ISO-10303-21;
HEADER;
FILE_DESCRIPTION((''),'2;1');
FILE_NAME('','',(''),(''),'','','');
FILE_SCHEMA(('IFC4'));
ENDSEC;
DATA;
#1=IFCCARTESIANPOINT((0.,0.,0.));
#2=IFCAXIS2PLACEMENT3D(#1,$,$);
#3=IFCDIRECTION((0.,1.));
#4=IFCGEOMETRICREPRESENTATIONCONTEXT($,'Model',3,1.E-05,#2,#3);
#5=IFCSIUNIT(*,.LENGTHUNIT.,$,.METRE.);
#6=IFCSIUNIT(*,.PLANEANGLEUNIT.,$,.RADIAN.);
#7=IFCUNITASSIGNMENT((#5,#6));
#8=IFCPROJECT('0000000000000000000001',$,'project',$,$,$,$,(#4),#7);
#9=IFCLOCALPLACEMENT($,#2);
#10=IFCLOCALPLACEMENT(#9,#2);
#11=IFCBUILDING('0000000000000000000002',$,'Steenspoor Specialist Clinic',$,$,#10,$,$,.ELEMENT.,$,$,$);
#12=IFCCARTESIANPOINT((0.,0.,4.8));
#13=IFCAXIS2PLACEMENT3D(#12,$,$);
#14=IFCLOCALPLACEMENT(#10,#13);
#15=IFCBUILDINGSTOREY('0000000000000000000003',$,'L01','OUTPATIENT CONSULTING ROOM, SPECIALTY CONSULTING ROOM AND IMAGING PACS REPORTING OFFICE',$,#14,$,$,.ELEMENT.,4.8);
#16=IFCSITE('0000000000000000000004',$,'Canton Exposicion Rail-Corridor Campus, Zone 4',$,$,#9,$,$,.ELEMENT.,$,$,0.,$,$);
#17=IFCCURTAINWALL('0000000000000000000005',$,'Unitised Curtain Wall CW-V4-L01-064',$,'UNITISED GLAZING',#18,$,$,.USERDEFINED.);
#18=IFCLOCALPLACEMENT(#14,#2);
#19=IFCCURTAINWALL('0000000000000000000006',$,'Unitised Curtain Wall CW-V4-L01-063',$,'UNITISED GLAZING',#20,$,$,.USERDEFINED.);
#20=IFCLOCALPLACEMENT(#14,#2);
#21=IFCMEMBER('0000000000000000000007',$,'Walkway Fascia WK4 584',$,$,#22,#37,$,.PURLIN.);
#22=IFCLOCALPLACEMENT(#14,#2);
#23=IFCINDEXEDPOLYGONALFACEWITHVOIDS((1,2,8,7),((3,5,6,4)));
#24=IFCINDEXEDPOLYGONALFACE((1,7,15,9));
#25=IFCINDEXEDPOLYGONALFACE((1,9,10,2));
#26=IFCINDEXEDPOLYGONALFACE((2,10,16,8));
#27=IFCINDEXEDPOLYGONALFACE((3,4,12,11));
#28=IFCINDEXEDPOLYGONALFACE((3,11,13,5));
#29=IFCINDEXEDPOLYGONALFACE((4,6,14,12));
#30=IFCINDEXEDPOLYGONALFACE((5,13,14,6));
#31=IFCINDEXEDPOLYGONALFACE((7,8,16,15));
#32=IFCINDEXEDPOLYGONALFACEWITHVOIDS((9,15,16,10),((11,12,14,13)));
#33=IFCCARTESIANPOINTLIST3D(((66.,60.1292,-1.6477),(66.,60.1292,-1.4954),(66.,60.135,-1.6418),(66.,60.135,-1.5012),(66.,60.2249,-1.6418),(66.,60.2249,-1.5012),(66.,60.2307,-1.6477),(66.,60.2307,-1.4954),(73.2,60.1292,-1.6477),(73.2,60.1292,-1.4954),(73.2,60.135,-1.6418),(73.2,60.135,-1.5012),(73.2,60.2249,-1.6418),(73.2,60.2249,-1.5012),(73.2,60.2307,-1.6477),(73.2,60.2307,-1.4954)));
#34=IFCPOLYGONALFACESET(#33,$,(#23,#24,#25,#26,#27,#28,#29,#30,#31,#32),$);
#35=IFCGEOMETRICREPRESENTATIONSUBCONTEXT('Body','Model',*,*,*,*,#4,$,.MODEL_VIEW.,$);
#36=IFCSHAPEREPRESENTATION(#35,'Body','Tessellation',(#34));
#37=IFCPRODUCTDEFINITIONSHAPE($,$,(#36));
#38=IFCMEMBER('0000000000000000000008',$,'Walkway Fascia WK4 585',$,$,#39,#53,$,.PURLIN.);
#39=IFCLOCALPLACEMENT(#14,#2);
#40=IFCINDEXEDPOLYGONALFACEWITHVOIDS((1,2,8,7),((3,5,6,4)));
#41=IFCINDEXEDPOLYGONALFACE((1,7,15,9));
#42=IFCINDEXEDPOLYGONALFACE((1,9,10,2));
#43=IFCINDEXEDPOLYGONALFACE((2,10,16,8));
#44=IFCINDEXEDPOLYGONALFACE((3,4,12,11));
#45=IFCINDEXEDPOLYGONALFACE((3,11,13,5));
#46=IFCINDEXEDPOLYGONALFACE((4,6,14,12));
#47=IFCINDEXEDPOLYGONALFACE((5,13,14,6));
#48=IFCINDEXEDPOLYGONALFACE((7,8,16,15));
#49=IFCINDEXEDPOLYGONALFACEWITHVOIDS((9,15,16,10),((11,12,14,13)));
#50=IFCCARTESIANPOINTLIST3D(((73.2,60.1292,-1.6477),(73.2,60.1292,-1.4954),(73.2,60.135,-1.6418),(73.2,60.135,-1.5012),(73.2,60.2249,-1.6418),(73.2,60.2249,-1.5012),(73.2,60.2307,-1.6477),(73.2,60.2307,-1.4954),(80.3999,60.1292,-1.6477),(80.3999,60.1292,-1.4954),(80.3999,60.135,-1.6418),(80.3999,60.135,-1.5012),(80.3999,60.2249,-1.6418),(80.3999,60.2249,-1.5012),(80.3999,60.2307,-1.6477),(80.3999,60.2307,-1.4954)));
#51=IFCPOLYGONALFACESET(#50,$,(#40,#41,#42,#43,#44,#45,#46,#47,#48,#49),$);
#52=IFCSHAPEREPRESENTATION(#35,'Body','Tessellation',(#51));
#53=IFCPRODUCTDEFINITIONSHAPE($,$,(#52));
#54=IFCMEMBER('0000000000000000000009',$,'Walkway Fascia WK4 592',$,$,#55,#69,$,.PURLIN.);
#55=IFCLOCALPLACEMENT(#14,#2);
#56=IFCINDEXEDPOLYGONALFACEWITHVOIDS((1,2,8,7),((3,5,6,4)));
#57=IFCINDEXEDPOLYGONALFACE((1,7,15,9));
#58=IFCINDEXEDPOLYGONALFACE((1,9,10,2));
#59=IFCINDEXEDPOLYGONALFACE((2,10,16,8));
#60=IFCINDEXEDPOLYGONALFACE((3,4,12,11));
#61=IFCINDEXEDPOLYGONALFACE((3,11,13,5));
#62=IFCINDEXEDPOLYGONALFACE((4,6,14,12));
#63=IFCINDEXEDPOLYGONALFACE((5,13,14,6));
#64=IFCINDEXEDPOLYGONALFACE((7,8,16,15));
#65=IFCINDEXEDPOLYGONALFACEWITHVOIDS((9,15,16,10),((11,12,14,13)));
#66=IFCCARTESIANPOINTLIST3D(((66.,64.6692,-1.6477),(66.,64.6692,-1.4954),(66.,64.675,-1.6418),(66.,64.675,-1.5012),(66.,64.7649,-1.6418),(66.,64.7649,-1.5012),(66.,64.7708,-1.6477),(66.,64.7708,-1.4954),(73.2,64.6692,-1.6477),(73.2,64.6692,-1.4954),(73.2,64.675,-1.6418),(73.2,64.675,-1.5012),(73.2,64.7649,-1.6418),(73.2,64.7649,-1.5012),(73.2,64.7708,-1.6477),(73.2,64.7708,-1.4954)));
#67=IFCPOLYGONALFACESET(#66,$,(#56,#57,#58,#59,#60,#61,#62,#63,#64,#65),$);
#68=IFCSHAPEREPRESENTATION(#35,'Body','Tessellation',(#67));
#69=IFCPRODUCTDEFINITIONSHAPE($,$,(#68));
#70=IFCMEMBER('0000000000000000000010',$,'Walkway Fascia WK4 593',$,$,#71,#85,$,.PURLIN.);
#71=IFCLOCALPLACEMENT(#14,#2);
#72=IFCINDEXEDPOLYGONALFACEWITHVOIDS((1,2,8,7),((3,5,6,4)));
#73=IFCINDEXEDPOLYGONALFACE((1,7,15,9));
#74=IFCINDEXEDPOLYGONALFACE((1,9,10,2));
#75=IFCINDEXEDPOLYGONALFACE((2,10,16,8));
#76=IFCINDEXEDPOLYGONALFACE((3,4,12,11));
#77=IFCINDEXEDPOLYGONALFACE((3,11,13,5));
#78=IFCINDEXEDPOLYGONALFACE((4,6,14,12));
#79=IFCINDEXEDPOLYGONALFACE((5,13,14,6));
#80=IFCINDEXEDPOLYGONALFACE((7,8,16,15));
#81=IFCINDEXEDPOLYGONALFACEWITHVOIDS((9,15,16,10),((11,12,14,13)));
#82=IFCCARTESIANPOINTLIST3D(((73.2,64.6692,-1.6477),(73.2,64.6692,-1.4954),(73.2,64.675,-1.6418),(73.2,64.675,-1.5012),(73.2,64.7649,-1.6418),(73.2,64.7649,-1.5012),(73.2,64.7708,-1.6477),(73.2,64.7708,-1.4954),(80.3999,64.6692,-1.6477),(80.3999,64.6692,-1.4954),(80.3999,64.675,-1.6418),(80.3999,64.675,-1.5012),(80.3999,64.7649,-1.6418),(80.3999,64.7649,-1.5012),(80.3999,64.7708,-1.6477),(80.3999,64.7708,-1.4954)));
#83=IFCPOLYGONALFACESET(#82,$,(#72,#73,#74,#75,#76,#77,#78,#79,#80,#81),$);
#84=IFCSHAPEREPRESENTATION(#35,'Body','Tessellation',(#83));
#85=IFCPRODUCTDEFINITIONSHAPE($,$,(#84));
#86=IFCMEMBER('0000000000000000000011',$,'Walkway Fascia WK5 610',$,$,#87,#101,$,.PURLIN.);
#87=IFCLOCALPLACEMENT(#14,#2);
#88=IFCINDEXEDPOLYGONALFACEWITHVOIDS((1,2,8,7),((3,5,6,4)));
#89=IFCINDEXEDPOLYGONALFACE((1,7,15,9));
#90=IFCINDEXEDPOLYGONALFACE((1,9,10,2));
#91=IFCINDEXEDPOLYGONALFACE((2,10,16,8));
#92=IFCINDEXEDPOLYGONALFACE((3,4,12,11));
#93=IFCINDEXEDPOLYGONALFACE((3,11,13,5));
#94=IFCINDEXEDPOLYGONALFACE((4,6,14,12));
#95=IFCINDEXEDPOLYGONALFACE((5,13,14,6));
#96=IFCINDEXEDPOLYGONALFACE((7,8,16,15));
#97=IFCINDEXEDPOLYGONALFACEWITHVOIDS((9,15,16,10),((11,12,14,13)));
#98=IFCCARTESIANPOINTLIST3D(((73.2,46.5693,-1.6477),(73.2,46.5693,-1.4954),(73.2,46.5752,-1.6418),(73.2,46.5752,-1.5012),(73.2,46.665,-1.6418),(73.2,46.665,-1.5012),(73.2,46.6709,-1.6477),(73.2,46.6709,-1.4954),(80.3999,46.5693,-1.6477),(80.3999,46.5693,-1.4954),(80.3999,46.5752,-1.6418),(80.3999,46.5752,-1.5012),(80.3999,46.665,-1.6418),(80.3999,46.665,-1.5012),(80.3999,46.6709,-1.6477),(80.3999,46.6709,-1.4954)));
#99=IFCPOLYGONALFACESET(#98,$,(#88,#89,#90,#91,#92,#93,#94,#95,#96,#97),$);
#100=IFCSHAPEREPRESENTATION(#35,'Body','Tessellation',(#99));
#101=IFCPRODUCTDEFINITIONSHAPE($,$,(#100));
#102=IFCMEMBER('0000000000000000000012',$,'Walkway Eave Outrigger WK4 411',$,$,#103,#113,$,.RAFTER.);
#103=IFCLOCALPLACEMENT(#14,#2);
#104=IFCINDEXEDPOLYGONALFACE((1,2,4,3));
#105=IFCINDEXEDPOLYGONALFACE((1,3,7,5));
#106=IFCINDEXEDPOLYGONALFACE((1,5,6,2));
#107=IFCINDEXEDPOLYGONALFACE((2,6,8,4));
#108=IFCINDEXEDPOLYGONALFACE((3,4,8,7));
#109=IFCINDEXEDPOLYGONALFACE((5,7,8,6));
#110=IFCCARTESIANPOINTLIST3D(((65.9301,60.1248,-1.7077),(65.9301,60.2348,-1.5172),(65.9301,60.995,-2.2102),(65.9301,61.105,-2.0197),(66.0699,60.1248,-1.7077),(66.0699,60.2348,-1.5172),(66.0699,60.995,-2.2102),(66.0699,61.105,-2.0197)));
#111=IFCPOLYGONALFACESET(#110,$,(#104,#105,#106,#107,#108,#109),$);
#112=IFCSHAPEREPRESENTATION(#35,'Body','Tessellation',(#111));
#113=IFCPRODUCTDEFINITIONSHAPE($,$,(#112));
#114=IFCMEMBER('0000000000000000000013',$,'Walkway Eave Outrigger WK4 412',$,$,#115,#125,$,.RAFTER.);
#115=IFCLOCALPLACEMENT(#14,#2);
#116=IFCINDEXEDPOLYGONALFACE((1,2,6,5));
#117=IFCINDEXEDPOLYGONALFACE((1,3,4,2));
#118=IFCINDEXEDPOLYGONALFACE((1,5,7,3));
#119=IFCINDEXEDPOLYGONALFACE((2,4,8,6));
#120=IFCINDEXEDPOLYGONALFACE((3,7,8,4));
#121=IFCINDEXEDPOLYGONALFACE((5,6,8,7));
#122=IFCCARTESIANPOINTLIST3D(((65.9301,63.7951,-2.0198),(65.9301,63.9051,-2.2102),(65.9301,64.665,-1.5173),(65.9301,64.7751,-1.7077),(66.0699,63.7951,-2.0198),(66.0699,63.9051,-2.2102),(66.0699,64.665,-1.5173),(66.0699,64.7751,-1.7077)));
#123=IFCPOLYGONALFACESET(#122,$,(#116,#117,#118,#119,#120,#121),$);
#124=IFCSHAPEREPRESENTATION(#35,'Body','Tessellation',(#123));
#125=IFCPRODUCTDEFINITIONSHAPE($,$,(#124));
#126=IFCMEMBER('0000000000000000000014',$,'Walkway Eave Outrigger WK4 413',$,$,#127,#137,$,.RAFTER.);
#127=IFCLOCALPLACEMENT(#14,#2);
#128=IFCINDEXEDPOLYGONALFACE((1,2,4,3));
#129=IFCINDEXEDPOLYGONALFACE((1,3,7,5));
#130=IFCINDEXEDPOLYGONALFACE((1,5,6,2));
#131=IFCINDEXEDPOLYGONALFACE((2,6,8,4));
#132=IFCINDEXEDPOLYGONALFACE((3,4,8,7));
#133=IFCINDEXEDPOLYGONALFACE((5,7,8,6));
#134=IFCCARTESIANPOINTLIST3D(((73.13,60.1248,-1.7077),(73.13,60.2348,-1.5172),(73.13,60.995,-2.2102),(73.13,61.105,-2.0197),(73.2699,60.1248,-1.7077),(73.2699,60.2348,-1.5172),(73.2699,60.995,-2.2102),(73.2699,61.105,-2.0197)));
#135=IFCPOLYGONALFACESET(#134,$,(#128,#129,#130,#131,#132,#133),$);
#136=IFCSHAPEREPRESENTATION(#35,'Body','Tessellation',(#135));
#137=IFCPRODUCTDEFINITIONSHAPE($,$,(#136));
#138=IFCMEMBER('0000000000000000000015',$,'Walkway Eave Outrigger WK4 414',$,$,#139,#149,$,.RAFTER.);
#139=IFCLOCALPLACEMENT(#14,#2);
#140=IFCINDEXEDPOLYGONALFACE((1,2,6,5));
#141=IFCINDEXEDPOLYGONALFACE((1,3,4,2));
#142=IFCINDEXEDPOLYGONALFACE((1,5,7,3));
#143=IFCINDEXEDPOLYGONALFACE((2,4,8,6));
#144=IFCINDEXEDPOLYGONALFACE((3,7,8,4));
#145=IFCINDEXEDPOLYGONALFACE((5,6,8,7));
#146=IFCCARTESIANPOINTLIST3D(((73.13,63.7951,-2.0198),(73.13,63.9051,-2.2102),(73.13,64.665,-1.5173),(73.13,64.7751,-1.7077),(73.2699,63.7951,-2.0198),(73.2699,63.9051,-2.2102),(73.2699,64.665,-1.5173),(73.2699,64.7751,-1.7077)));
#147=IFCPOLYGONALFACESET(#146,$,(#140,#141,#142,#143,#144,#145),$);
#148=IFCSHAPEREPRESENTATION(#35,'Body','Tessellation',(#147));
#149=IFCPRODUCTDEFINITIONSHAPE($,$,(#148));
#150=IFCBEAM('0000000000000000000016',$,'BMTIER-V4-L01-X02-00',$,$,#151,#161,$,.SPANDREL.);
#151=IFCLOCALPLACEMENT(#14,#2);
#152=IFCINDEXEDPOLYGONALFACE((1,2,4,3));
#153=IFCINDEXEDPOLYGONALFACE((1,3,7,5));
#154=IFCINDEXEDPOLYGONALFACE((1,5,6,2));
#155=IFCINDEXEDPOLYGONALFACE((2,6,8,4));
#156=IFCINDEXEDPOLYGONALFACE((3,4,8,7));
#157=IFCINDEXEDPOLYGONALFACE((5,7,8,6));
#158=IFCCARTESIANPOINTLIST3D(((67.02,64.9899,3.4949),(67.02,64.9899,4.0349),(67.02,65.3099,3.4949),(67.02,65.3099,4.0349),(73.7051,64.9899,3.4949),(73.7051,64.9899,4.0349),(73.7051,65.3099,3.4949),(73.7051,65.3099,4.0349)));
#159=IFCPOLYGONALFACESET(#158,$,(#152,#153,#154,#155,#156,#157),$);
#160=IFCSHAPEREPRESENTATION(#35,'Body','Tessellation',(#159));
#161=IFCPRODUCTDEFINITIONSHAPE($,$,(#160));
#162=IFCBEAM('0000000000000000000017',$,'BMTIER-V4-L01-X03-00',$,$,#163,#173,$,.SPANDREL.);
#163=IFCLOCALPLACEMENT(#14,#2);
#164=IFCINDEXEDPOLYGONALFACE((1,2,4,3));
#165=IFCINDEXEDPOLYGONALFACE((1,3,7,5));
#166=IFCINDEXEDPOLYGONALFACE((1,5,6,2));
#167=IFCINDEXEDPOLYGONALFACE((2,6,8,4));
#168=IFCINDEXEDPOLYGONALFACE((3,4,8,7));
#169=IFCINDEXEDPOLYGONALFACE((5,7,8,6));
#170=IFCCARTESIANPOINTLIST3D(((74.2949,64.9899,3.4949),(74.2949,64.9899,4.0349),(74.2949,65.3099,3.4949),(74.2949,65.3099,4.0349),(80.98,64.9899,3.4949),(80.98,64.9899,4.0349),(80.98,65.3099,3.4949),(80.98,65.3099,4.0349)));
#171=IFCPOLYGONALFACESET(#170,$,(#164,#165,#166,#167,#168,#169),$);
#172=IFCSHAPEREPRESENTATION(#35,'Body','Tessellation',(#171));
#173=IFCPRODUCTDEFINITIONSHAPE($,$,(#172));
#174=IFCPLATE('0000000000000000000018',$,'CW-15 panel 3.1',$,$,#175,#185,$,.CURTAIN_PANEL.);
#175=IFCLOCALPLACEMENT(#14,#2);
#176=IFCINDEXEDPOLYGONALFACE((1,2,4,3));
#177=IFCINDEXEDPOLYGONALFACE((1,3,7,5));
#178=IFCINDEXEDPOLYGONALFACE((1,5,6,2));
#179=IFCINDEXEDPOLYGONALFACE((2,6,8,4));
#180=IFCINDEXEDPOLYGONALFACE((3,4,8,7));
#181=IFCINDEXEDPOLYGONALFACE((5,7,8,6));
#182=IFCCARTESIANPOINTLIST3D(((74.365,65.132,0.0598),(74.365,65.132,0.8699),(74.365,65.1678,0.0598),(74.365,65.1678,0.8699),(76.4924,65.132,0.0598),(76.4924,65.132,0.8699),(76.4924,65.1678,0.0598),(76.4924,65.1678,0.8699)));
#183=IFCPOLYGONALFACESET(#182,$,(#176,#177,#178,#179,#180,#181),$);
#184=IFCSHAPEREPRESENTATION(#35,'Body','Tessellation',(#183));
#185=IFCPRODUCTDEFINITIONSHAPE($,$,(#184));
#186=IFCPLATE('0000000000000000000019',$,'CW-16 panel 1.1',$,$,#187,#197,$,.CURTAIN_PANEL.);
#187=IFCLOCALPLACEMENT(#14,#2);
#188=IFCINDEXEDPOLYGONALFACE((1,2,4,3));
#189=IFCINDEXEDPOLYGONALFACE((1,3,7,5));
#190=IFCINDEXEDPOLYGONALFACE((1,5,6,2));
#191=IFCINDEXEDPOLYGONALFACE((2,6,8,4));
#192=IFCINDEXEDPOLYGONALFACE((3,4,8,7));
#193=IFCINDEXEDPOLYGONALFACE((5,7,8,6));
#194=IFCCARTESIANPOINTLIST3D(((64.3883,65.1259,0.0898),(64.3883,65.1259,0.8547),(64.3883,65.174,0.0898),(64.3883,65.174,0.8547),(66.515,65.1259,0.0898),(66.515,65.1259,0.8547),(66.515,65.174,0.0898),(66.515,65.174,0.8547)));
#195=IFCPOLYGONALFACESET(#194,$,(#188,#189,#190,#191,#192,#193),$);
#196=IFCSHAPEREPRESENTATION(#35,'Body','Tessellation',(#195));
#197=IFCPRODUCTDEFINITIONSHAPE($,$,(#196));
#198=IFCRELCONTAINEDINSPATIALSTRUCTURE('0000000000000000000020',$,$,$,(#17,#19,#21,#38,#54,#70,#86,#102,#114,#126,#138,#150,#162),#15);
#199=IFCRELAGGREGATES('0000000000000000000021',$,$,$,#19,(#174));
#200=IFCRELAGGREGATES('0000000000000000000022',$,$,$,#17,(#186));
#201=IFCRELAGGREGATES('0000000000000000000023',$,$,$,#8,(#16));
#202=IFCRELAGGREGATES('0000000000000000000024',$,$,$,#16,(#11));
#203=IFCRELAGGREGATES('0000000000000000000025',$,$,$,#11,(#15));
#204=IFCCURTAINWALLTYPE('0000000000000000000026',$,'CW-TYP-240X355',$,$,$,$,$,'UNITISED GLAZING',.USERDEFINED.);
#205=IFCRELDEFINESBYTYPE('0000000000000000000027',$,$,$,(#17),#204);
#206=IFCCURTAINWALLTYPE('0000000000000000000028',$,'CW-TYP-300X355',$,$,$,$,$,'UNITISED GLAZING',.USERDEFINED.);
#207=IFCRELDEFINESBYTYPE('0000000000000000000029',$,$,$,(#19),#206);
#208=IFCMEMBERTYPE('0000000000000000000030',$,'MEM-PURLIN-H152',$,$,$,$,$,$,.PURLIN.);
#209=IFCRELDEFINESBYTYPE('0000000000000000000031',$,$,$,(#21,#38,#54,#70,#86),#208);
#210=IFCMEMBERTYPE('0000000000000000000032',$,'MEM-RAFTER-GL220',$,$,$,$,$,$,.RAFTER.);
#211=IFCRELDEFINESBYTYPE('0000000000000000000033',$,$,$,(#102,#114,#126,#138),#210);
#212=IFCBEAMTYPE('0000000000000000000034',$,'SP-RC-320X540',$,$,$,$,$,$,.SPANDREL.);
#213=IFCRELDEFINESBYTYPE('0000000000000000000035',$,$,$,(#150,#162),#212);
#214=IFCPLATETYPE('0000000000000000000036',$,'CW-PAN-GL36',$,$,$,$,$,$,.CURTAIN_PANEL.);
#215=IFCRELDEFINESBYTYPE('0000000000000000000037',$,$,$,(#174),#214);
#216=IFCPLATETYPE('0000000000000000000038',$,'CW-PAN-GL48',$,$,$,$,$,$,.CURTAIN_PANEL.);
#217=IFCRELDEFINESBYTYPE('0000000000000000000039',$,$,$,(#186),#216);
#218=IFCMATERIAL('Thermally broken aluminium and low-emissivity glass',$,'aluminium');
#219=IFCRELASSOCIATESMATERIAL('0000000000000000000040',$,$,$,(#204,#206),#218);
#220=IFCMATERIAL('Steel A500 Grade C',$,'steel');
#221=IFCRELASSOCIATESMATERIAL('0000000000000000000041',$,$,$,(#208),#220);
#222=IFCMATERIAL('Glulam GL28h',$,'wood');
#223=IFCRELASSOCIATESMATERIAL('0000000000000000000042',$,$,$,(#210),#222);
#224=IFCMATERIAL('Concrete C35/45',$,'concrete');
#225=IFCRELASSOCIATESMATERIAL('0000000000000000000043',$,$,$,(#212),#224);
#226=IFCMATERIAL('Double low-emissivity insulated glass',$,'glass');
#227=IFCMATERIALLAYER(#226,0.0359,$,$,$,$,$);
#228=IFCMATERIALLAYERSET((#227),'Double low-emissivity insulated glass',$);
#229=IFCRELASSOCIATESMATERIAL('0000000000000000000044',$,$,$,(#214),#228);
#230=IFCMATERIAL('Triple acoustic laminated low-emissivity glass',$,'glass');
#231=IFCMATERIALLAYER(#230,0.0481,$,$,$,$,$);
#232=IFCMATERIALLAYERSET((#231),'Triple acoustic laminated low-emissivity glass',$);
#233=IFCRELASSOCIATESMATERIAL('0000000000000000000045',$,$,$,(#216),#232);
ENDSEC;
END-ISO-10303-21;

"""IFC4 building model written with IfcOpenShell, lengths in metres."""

from ifc_helpers import new_model, si_unit, direction, frame, origin, origin_2d, place, context, subcontext, project, spatial, rectangle, hollow_rectangle, extrude, material, layer, layer_set, material_profile, profile_set, type_object, element, aggregate, save


model = new_model("IFC4")

# Units and contexts
model_context = context("Model", 3, precision=1e-05, world=origin(), true_north=direction((0.0, 1.0)))
body_context = subcontext(model_context, "Body", "Model", "MODEL_VIEW")
ifc_project = project(units=[si_unit("LENGTHUNIT", "METRE"), si_unit("PLANEANGLEUNIT", "RADIAN")], contexts=[model_context])

# Site, building, storey
site_placement = place(None, origin())
site = spatial("IfcSite", under=ifc_project, at=site_placement, Name="Canton Exposicion Rail-Corridor Campus, Zone 4", CompositionType="ELEMENT", RefElevation=0.0)
building_placement = place(site_placement, origin())
building = spatial("IfcBuilding", under=site, at=building_placement, Name="Steenspoor Specialist Clinic", CompositionType="ELEMENT")
storey_placement = place(building_placement, frame((0.0, 0.0, 4.8)))
storey = spatial("IfcBuildingStorey", under=building, at=storey_placement, Name="L01", Description="OUTPATIENT CONSULTING ROOM, SPECIALTY CONSULTING ROOM AND IMAGING PACS REPORTING OFFICE", CompositionType="ELEMENT", Elevation=4.8)

# Curtain wall
ifc_material_1 = material(Name="Thermally broken aluminium and low-emissivity glass", Category="aluminium")
curtain_wall_type_1 = type_object("IfcCurtainWallType", Name="CW-TYP-240X355", ElementType="UNITISED GLAZING", PredefinedType="USERDEFINED", material=ifc_material_1)
curtain_wall_1_placement = place(storey_placement, origin())
curtain_wall_1 = element("IfcCurtainWall", 1, at=curtain_wall_1_placement, inside=storey, type_object=curtain_wall_type_1, Name="Unitised Curtain Wall CW-V4-L01-064", ObjectType="UNITISED GLAZING", PredefinedType="USERDEFINED")

# Curtain wall
curtain_wall_type_2 = type_object("IfcCurtainWallType", Name="CW-TYP-300X355", ElementType="UNITISED GLAZING", PredefinedType="USERDEFINED", material=ifc_material_1)
curtain_wall_2_placement = place(storey_placement, origin())
curtain_wall_2 = element("IfcCurtainWall", 2, at=curtain_wall_2_placement, inside=storey, type_object=curtain_wall_type_2, Name="Unitised Curtain Wall CW-V4-L01-063", ObjectType="UNITISED GLAZING", PredefinedType="USERDEFINED")

# Members
ifc_material_2 = material(Name="Steel A500 Grade C", Category="steel")
ifc_material_profile_1 = material_profile(ifc_material_2, hollow_rectangle(XDim=0.1016, YDim=0.1523, WallThickness=0.0059, at=origin_2d()), Name="HSS152X102X6.4")
ifc_profile_set_1 = profile_set([ifc_material_profile_1], Name="Steel A500 Grade C")
member_type_1 = type_object("IfcMemberType", Name="MEM-PURLIN-H152", PredefinedType="PURLIN", material=ifc_profile_set_1)
for number, where, z_axis, x_axis, name in (
    (3, (66.0, 60.1799, -1.5715), (1.0, 0.0, 0.0), (0.0, 1.0, 0.0), "Walkway Fascia WK4 584"),
    (4, (73.2, 60.1799, -1.5715), (1.0, 0.0, 0.0), (0.0, 1.0, 0.0), "Walkway Fascia WK4 585"),
    (5, (66.0, 64.72, -1.5715), (1.0, 0.0, 0.0), (0.0, 1.0, 0.0), "Walkway Fascia WK4 592"),
    (6, (73.2, 64.72, -1.5715), (1.0, 0.0, 0.0), (0.0, 1.0, 0.0), "Walkway Fascia WK4 593"),
    (7, (73.2, 46.6201, -1.5715), (1.0, 0.0, 0.0), (0.0, 1.0, 0.0), "Walkway Fascia WK5 610"),
):
    element("IfcMember", number, at=place(storey_placement, frame(where, z_axis=z_axis, x_axis=x_axis)), inside=storey, type_object=member_type_1, Name=name, PredefinedType="PURLIN", context=body_context, shape_type="SweptSolid", body=[
        extrude(hollow_rectangle(XDim=0.1016, YDim=0.1523, WallThickness=0.0059, at=origin_2d()), origin(), (0.0, 0.0, 1.0), 7.2),
    ])
ifc_material_3 = material(Name="Glulam GL28h", Category="wood")
ifc_material_profile_2 = material_profile(ifc_material_3, rectangle(XDim=0.1399, YDim=0.22, at=origin_2d()), Name="GL28H-140X220")
ifc_profile_set_2 = profile_set([ifc_material_profile_2], Name="Glulam GL28h")
member_type_2 = type_object("IfcMemberType", Name="MEM-RAFTER-GL220", PredefinedType="RAFTER", material=ifc_profile_set_2)
member_1_placement = place(storey_placement, frame((66.0, 61.05, -2.115), z_axis=(0.0, -0.865991, 0.500059), x_axis=(1.0, 0.0, 0.0)))
element("IfcMember", 8, at=member_1_placement, inside=storey, type_object=member_type_2, Name="Walkway Eave Outrigger WK4 411", PredefinedType="RAFTER", context=body_context, shape_type="SweptSolid", body=[
    extrude(rectangle(XDim=0.1399, YDim=0.22, at=origin_2d()), origin(), (0.0, 0.0, 1.0), 1.0049),
])
member_2_placement = place(storey_placement, frame((66.0, 63.8501, -2.115), z_axis=(0.0, 0.865931, 0.500164), x_axis=(-1.0, 0.0, 0.0)))
element("IfcMember", 9, at=member_2_placement, inside=storey, type_object=member_type_2, Name="Walkway Eave Outrigger WK4 412", PredefinedType="RAFTER", context=body_context, shape_type="SweptSolid", body=[
    extrude(rectangle(XDim=0.1399, YDim=0.22, at=origin_2d()), origin(), (0.0, 0.0, 1.0), 1.0046),
])
member_3_placement = place(storey_placement, frame((73.2, 61.05, -2.115), z_axis=(0.0, -0.865991, 0.500059), x_axis=(1.0, 0.0, 0.0)))
element("IfcMember", 10, at=member_3_placement, inside=storey, type_object=member_type_2, Name="Walkway Eave Outrigger WK4 413", PredefinedType="RAFTER", context=body_context, shape_type="SweptSolid", body=[
    extrude(rectangle(XDim=0.1399, YDim=0.22, at=origin_2d()), origin(), (0.0, 0.0, 1.0), 1.0049),
])
member_4_placement = place(storey_placement, frame((73.2, 63.8501, -2.115), z_axis=(0.0, 0.865931, 0.500164), x_axis=(-1.0, 0.0, 0.0)))
element("IfcMember", 11, at=member_4_placement, inside=storey, type_object=member_type_2, Name="Walkway Eave Outrigger WK4 414", PredefinedType="RAFTER", context=body_context, shape_type="SweptSolid", body=[
    extrude(rectangle(XDim=0.1399, YDim=0.22, at=origin_2d()), origin(), (0.0, 0.0, 1.0), 1.0046),
])

# Beams
ifc_material_4 = material(Name="Concrete C35/45", Category="concrete")
ifc_material_profile_3 = material_profile(ifc_material_4, rectangle(XDim=0.3201, YDim=0.54, at=origin_2d()), Name="RC-SP-320X540")
ifc_profile_set_3 = profile_set([ifc_material_profile_3], Name="Concrete C35/45")
beam_type = type_object("IfcBeamType", Name="SP-RC-320X540", PredefinedType="SPANDREL", material=ifc_profile_set_3)
for number, where, z_axis, x_axis, name in (
    (12, (67.02, 65.1499, 3.7649), (1.0, 0.0, 0.0), (0.0, 1.0, 0.0), "BMTIER-V4-L01-X02-00"),
    (13, (74.2949, 65.1499, 3.7649), (1.0, 0.0, 0.0), (0.0, 1.0, 0.0), "BMTIER-V4-L01-X03-00"),
):
    element("IfcBeam", number, at=place(storey_placement, frame(where, z_axis=z_axis, x_axis=x_axis)), inside=storey, type_object=beam_type, Name=name, PredefinedType="SPANDREL", context=body_context, shape_type="SweptSolid", body=[
        extrude(rectangle(XDim=0.3201, YDim=0.54, at=origin_2d()), origin(), (0.0, 0.0, 1.0), 6.6851),
    ])

# Plates
ifc_material_5 = material(Name="Double low-emissivity insulated glass", Category="glass")
ifc_layer_1 = layer(ifc_material_5, 0.0359)
ifc_layer_set_1 = layer_set([ifc_layer_1], Name="Double low-emissivity insulated glass")
plate_type_1 = type_object("IfcPlateType", Name="CW-PAN-GL36", PredefinedType="CURTAIN_PANEL", material=ifc_layer_set_1)
plate_1_placement = place(storey_placement, frame((75.4287, 65.1499, 0.0598), z_axis=(0.0, 0.0, 1.0), x_axis=(-1.0, 0.0, 0.0)))
plate_1 = element("IfcPlate", 14, at=plate_1_placement, type_object=plate_type_1, Name="CW-15 panel 3.1", PredefinedType="CURTAIN_PANEL", context=body_context, shape_type="SweptSolid", body=[
    extrude(rectangle(XDim=2.1274, YDim=0.0359, at=origin_2d()), origin(), (0.0, 0.0, 1.0), 0.8101),
])
aggregate(curtain_wall_2, [plate_1])
ifc_material_6 = material(Name="Triple acoustic laminated low-emissivity glass", Category="glass")
ifc_layer_2 = layer(ifc_material_6, 0.0481)
ifc_layer_set_2 = layer_set([ifc_layer_2], Name="Triple acoustic laminated low-emissivity glass")
plate_type_2 = type_object("IfcPlateType", Name="CW-PAN-GL48", PredefinedType="CURTAIN_PANEL", material=ifc_layer_set_2)
plate_2_placement = place(storey_placement, frame((65.4517, 65.1499, 0.0898), z_axis=(0.0, 0.0, 1.0), x_axis=(-1.0, 0.0, 0.0)))
plate_2 = element("IfcPlate", 15, at=plate_2_placement, type_object=plate_type_2, Name="CW-16 panel 1.1", PredefinedType="CURTAIN_PANEL", context=body_context, shape_type="SweptSolid", body=[
    extrude(rectangle(XDim=2.1267, YDim=0.0481, at=origin_2d()), origin(), (0.0, 0.0, 1.0), 0.7649),
])
aggregate(curtain_wall_1, [plate_2])

save(model, "model.ifc")
